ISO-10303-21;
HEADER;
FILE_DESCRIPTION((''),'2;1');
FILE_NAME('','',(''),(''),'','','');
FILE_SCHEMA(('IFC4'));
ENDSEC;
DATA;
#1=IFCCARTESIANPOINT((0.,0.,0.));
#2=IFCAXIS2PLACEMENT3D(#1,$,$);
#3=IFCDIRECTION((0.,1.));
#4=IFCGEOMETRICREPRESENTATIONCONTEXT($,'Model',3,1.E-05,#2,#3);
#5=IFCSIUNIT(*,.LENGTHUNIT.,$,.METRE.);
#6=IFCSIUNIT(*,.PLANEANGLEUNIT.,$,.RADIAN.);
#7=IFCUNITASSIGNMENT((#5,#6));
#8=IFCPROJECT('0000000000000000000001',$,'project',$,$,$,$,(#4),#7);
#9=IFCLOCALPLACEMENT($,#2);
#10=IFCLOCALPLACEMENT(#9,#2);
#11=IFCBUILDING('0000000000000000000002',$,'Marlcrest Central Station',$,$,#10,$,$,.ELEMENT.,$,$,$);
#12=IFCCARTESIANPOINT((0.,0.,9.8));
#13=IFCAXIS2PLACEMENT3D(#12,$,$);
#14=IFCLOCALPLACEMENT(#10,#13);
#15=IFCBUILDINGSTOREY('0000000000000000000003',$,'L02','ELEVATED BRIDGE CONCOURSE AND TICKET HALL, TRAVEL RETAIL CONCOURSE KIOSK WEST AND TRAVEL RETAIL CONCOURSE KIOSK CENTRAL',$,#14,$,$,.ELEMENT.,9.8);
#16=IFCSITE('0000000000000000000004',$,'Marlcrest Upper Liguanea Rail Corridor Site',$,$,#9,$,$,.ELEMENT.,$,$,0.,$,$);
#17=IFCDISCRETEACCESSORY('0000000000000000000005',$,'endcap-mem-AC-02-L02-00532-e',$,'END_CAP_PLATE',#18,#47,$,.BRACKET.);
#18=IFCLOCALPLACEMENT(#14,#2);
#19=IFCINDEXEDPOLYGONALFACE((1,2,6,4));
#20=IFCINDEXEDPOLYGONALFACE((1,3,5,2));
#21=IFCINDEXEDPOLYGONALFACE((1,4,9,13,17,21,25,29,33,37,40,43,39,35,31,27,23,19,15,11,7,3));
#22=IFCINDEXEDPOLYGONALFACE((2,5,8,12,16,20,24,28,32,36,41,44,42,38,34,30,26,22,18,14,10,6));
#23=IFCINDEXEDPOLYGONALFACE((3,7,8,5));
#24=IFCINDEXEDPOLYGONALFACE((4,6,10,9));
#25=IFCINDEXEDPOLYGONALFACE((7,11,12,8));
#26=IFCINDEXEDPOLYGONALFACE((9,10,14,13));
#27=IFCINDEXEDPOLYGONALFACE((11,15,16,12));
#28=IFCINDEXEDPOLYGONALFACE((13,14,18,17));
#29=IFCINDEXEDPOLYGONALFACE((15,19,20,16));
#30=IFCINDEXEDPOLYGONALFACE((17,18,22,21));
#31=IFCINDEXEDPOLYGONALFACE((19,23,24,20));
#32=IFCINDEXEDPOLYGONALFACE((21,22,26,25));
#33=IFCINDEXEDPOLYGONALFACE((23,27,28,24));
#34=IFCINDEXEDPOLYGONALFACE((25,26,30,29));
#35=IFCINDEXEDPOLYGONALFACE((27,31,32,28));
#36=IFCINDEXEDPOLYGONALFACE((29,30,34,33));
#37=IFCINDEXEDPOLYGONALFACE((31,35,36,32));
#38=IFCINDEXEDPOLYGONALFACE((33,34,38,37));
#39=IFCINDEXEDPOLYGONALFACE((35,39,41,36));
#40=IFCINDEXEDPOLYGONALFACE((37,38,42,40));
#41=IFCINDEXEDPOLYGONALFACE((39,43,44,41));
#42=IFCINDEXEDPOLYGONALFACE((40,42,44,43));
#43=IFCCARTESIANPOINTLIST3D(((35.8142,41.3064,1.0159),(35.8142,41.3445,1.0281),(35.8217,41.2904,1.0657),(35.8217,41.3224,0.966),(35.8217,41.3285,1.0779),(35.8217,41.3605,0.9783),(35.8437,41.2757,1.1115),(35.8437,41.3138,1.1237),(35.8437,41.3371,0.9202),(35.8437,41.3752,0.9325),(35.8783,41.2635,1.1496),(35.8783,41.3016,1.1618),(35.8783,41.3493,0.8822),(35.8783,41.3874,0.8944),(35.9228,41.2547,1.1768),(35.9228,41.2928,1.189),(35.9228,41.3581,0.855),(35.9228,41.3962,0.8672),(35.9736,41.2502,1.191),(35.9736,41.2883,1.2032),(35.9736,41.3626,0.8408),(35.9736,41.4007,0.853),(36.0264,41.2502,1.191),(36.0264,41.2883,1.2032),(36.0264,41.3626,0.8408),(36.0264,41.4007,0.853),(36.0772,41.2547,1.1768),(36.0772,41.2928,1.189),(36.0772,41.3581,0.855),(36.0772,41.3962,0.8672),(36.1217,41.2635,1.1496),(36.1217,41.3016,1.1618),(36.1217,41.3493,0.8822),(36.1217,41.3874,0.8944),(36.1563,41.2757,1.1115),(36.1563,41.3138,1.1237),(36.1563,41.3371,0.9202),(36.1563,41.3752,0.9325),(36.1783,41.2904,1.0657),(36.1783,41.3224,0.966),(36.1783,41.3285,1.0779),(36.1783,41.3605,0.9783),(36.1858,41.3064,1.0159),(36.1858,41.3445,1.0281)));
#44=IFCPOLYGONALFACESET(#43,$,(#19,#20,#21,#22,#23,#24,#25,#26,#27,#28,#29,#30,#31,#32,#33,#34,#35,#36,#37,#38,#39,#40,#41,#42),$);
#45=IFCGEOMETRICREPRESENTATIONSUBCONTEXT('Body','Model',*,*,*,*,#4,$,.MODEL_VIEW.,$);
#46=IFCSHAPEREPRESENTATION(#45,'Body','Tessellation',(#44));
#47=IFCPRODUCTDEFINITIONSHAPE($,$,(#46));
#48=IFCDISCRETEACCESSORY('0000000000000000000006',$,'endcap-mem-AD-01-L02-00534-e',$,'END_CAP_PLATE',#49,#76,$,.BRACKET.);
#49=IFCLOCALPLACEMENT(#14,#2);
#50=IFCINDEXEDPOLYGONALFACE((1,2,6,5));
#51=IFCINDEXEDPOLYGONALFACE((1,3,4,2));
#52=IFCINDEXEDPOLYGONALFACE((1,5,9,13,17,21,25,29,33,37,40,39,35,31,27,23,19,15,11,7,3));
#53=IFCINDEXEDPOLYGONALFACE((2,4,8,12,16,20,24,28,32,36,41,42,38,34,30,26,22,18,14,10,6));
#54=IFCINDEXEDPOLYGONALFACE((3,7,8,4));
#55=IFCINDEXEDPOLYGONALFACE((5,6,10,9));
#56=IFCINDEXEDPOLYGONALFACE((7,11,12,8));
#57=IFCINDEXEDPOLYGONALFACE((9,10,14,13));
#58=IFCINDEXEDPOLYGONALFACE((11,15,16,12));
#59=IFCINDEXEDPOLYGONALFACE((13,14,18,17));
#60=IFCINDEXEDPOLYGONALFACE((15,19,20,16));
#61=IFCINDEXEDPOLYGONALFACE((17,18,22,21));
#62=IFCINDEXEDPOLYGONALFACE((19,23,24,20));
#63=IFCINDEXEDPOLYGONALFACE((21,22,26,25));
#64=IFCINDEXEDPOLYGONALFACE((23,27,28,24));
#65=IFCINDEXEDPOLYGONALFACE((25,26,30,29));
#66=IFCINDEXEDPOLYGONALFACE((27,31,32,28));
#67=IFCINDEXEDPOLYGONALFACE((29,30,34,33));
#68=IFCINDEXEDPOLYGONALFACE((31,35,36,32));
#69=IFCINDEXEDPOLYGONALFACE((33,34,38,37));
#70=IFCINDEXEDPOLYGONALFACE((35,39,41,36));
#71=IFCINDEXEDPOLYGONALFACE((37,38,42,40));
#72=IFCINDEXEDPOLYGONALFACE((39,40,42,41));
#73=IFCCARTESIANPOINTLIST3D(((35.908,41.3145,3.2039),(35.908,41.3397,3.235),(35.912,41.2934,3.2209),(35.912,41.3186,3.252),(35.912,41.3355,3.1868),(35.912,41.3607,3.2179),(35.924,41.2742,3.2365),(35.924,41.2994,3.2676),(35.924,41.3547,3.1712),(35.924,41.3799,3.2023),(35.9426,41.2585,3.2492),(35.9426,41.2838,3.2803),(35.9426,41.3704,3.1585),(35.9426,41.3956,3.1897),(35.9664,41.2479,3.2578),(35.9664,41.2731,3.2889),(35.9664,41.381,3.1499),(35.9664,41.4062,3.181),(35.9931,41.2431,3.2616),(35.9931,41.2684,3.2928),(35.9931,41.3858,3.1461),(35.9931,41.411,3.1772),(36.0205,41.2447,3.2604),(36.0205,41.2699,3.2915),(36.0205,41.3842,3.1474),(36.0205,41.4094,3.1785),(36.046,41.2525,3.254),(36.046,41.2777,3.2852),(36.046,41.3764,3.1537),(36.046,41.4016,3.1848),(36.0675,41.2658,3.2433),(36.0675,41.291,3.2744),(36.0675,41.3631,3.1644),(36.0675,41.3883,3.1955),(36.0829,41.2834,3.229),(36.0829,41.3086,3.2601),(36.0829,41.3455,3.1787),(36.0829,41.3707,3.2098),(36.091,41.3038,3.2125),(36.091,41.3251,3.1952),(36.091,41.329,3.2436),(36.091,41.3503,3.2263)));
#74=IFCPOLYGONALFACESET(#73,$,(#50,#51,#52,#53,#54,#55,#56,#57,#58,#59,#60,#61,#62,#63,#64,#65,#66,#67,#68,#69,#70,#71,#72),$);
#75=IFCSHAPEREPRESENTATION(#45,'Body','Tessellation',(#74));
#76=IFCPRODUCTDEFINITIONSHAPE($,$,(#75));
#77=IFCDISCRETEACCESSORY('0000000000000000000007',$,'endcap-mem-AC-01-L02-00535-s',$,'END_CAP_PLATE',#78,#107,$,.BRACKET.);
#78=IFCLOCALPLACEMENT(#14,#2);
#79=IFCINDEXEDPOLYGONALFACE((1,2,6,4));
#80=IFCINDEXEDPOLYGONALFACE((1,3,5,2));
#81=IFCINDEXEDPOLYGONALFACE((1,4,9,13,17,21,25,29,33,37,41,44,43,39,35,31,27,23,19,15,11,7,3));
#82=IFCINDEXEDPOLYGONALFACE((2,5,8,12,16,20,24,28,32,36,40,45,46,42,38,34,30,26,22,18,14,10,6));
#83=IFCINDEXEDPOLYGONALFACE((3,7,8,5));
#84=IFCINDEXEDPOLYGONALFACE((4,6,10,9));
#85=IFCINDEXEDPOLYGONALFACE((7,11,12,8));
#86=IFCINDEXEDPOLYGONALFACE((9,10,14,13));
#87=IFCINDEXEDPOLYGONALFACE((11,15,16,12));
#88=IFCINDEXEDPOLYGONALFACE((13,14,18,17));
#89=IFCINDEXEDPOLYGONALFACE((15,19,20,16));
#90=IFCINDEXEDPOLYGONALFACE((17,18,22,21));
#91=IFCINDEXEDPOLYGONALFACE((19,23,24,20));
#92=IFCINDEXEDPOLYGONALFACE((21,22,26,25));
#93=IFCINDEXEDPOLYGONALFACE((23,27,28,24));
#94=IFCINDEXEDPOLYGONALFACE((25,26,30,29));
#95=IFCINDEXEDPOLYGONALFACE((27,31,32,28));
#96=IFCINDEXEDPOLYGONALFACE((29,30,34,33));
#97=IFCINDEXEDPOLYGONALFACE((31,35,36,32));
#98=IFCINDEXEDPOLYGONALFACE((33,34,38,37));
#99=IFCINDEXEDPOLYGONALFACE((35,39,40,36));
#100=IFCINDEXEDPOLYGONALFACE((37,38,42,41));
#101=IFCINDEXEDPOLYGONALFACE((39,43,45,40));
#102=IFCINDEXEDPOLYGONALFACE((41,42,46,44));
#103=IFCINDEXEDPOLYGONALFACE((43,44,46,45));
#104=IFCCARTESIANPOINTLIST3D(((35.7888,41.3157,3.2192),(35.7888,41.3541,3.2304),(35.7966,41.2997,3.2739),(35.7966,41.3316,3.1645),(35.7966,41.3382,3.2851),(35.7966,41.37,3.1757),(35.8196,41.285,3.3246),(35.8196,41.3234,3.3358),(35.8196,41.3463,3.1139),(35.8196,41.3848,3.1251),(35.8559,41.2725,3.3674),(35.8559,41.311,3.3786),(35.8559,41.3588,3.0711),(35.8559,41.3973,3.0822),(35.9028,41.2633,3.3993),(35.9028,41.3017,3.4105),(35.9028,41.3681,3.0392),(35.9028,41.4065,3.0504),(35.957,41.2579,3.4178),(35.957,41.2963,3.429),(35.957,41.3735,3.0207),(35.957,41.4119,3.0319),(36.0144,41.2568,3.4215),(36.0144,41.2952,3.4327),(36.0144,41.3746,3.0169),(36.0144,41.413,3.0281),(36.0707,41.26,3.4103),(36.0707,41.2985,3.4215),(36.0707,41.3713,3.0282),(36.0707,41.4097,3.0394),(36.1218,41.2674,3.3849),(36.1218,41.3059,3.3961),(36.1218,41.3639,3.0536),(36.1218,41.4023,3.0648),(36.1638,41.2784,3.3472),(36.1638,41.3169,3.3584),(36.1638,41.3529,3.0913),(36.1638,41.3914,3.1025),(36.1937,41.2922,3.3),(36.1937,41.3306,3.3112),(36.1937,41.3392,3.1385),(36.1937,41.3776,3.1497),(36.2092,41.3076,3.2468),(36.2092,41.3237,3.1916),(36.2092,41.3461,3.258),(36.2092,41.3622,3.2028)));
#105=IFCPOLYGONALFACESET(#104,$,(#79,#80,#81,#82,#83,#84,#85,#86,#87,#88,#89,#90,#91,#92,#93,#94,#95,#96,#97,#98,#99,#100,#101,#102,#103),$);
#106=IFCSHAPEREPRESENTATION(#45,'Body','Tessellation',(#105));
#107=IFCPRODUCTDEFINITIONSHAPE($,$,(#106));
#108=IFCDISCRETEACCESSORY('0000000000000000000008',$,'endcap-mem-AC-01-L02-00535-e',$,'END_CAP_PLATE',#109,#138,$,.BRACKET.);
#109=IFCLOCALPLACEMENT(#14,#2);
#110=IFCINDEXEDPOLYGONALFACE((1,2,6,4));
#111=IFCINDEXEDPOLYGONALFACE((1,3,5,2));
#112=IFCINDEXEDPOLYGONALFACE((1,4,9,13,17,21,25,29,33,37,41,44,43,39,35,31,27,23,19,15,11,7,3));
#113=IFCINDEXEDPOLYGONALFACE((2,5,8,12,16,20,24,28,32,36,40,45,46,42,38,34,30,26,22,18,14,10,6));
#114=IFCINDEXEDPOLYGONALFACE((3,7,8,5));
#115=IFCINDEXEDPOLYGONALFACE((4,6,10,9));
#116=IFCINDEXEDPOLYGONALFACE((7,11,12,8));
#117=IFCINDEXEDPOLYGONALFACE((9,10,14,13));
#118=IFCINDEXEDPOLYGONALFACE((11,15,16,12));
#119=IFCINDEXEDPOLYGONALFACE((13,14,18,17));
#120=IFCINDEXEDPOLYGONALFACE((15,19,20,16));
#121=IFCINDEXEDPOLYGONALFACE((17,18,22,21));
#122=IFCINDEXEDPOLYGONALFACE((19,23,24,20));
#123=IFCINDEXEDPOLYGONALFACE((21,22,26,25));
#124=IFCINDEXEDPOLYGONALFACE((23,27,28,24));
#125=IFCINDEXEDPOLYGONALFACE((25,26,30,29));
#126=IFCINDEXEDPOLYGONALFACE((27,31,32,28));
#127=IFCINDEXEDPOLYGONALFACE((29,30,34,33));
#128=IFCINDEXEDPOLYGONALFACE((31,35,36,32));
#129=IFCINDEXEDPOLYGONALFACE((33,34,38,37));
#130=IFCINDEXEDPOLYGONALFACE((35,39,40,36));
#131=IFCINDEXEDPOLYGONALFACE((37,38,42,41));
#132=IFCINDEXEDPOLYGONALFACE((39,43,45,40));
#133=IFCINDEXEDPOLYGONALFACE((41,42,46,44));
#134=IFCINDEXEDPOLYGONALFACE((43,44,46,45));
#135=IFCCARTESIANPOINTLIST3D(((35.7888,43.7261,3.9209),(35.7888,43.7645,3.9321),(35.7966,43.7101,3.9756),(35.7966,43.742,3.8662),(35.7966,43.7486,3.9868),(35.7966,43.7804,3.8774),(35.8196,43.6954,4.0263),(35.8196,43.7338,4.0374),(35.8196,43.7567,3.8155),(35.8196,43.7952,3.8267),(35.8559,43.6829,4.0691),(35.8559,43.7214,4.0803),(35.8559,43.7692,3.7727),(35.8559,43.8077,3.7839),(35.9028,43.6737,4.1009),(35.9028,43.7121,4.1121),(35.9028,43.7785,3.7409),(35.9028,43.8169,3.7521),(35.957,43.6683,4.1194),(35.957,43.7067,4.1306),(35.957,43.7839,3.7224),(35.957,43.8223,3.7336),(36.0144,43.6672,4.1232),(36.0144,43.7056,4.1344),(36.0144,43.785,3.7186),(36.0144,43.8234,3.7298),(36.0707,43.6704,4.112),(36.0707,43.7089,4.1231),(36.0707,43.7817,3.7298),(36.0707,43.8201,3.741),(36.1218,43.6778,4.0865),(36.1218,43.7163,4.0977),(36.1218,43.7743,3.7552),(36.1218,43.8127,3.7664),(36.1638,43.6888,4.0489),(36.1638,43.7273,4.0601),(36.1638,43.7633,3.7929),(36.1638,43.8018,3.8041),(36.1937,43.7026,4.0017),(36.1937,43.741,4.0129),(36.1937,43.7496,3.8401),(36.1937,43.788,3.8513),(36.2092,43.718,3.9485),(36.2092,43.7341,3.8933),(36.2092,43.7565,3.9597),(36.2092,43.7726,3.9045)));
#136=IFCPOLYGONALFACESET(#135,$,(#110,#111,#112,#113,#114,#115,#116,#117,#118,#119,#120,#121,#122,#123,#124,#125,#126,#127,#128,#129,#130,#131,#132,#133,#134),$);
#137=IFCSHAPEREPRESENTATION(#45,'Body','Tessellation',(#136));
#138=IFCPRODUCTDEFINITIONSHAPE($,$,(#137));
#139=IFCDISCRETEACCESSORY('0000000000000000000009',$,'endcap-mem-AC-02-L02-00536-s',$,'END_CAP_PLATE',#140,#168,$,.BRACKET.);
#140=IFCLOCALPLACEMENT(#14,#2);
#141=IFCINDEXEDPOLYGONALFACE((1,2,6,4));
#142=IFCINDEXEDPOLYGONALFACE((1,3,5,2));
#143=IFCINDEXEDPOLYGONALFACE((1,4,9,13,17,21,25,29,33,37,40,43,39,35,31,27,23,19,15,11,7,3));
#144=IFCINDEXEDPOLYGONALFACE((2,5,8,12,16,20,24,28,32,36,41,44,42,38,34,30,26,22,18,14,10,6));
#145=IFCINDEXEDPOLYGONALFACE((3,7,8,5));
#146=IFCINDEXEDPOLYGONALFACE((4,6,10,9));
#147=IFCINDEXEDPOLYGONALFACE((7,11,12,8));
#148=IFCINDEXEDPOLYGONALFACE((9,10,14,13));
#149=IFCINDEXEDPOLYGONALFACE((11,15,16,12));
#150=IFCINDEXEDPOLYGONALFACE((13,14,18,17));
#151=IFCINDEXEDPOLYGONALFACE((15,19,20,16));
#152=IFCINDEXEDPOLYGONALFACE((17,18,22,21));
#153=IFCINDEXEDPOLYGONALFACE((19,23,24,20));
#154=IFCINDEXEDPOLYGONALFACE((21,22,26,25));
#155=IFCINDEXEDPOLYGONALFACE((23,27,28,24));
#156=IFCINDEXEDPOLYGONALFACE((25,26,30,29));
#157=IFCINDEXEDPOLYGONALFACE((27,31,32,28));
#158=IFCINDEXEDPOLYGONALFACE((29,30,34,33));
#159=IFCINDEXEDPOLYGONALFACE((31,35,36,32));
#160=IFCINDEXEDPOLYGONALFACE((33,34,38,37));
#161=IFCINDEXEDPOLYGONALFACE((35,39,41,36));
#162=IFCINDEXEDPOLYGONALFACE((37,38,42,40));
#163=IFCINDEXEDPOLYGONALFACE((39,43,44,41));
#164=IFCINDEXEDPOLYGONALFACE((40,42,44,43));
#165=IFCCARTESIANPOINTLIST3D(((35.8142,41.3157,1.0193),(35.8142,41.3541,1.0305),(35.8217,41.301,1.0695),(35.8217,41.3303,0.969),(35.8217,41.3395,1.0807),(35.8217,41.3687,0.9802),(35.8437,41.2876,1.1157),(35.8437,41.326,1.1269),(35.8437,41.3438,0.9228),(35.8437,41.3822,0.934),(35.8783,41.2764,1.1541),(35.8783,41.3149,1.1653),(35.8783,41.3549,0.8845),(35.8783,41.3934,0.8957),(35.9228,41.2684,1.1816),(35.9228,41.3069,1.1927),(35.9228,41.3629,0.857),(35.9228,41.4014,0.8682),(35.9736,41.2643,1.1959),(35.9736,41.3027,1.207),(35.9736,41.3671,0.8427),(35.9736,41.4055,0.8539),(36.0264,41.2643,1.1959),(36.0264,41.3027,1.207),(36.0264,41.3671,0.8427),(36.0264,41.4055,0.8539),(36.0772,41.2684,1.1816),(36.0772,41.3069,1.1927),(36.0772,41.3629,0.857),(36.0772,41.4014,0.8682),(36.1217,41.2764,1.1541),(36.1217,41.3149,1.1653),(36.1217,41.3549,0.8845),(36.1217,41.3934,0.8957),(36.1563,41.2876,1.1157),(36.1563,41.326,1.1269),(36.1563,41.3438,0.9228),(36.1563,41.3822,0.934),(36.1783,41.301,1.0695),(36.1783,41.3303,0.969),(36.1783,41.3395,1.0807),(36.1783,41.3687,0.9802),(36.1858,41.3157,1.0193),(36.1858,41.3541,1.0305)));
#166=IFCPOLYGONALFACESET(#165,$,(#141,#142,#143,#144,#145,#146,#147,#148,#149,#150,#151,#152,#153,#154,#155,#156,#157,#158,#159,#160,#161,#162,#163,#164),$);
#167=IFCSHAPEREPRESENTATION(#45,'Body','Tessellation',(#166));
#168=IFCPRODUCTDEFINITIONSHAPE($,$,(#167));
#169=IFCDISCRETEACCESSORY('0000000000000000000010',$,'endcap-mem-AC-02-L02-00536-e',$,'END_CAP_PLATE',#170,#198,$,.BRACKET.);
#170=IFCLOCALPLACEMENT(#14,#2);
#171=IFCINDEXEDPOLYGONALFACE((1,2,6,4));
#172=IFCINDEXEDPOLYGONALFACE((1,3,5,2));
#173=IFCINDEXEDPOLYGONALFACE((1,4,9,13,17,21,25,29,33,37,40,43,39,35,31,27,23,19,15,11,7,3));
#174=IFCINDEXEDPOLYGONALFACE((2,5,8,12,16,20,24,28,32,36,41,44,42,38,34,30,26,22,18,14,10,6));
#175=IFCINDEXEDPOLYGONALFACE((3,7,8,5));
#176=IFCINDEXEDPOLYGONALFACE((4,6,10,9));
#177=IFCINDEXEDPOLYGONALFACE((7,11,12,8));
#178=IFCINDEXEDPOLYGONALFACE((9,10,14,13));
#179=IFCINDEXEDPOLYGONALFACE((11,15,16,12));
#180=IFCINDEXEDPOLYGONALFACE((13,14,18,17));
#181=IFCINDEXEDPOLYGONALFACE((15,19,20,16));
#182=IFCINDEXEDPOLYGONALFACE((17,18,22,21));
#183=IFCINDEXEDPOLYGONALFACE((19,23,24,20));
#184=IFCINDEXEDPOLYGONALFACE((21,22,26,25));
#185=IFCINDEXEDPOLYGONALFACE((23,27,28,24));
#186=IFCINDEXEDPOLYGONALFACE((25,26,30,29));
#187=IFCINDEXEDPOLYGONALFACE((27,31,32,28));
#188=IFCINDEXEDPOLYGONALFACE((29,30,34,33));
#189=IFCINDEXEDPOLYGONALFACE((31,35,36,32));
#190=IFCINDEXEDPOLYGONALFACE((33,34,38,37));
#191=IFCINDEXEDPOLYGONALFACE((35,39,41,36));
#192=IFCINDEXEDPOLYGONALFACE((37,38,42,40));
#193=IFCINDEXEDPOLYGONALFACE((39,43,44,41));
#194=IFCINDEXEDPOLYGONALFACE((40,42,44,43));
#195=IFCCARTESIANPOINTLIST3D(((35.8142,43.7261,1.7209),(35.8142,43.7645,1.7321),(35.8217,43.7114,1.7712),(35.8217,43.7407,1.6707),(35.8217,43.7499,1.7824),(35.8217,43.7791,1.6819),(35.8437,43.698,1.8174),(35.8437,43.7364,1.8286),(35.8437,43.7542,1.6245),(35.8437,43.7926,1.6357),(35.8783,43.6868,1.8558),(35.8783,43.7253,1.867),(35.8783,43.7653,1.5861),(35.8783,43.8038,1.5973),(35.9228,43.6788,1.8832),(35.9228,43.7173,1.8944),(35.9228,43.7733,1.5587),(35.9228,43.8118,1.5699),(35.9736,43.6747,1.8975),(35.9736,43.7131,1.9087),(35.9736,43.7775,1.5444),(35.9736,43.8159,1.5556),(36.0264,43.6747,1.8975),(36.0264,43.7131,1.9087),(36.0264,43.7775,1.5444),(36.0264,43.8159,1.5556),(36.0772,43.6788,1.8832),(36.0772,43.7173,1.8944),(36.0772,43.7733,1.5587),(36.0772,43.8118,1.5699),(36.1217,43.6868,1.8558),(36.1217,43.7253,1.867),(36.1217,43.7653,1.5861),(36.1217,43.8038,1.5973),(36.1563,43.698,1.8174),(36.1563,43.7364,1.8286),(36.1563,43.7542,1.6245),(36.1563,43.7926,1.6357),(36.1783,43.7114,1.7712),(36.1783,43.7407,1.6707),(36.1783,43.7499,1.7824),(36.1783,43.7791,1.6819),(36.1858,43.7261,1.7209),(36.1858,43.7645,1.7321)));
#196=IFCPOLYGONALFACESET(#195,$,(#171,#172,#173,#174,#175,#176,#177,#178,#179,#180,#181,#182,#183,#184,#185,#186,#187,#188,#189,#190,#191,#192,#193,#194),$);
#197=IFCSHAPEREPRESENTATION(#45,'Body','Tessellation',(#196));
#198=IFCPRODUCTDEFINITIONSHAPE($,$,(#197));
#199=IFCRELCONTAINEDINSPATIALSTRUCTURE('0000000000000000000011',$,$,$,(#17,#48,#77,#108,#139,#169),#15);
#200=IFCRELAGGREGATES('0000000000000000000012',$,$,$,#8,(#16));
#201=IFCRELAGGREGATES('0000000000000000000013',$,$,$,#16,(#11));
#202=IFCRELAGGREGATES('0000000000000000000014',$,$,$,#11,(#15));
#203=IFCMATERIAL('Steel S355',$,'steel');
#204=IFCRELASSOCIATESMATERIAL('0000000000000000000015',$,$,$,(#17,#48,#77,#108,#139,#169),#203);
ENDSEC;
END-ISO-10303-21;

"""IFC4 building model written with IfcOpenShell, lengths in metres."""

from ifc_helpers import new_model, si_unit, direction, frame, origin, origin_2d, place, context, subcontext, project, spatial, circle, extrude, material, element, save


model = new_model("IFC4")

# Units and contexts
model_context = context("Model", 3, precision=1e-05, world=origin(), true_north=direction((0.0, 1.0)))
body_context = subcontext(model_context, "Body", "Model", "MODEL_VIEW")
ifc_project = project(units=[si_unit("LENGTHUNIT", "METRE"), si_unit("PLANEANGLEUNIT", "RADIAN")], contexts=[model_context])

# Site, building, storey
site_placement = place(None, origin())
site = spatial("IfcSite", under=ifc_project, at=site_placement, Name="Marlcrest Upper Liguanea Rail Corridor Site", CompositionType="ELEMENT", RefElevation=0.0)
building_placement = place(site_placement, origin())
building = spatial("IfcBuilding", under=site, at=building_placement, Name="Marlcrest Central Station", CompositionType="ELEMENT")
storey_placement = place(building_placement, frame((0.0, 0.0, 9.8)))
storey = spatial("IfcBuildingStorey", under=building, at=storey_placement, Name="L02", Description="ELEVATED BRIDGE CONCOURSE AND TICKET HALL, TRAVEL RETAIL CONCOURSE KIOSK WEST AND TRAVEL RETAIL CONCOURSE KIOSK CENTRAL", CompositionType="ELEMENT", Elevation=9.8)

# Shared definitions
ifc_material_1 = material(Name="Steel S355", Category="steel")

# Discrete accessories
discrete_accessory_1_placement = place(storey_placement, frame((36.0, 41.3064, 1.0159), z_axis=(0.0, 0.952117, 0.305734), x_axis=(-1.0, 0.0, 0.0)))
element("IfcDiscreteAccessory", 1, at=discrete_accessory_1_placement, inside=storey, material=ifc_material_1, Name="endcap-mem-AC-02-L02-00532-e", ObjectType="END_CAP_PLATE", PredefinedType="BRACKET", context=body_context, shape_type="SweptSolid", body=[
    extrude(circle(Radius=0.1858, at=origin_2d()), origin(), (0.0, 0.0, 1.0), 0.04),
])
discrete_accessory_2_placement = place(storey_placement, frame((36.0, 41.3145, 3.2039), z_axis=(0.0, 0.629629, 0.776896), x_axis=(-1.0, 0.0, 0.0)))
element("IfcDiscreteAccessory", 2, at=discrete_accessory_2_placement, inside=storey, material=ifc_material_1, Name="endcap-mem-AD-01-L02-00534-e", ObjectType="END_CAP_PLATE", PredefinedType="BRACKET", context=body_context, shape_type="SweptSolid", body=[
    extrude(circle(Radius=0.092, at=origin_2d()), origin(), (0.0, 0.0, 1.0), 0.04),
])
for number, where, z_axis, x_axis, name in (
    (3, (36.0, 41.3157, 3.2192), (0.0, 0.96013, 0.279554), (-1.0, 0.0, 0.0), "endcap-mem-AC-01-L02-00535-s"),
    (4, (36.0, 43.7261, 3.9209), (0.0, 0.96013, 0.279554), (-1.0, 0.0, 0.0), "endcap-mem-AC-01-L02-00535-e"),
):
    element("IfcDiscreteAccessory", number, at=place(storey_placement, frame(where, z_axis=z_axis, x_axis=x_axis)), inside=storey, material=ifc_material_1, Name=name, ObjectType="END_CAP_PLATE", PredefinedType="BRACKET", context=body_context, shape_type="SweptSolid", body=[
        extrude(circle(Radius=0.2112, at=origin_2d()), origin(), (0.0, 0.0, 1.0), 0.04),
    ])
for number, where, z_axis, x_axis, name in (
    (5, (36.0, 41.3157, 1.0193), (0.0, 0.96013, 0.279554), (-1.0, 0.0, 0.0), "endcap-mem-AC-02-L02-00536-s"),
    (6, (36.0, 43.7261, 1.7209), (0.0, 0.96013, 0.279554), (-1.0, 0.0, 0.0), "endcap-mem-AC-02-L02-00536-e"),
):
    element("IfcDiscreteAccessory", number, at=place(storey_placement, frame(where, z_axis=z_axis, x_axis=x_axis)), inside=storey, material=ifc_material_1, Name=name, ObjectType="END_CAP_PLATE", PredefinedType="BRACKET", context=body_context, shape_type="SweptSolid", body=[
        extrude(circle(Radius=0.1858, at=origin_2d()), origin(), (0.0, 0.0, 1.0), 0.04),
    ])

save(model, "model.ifc")
